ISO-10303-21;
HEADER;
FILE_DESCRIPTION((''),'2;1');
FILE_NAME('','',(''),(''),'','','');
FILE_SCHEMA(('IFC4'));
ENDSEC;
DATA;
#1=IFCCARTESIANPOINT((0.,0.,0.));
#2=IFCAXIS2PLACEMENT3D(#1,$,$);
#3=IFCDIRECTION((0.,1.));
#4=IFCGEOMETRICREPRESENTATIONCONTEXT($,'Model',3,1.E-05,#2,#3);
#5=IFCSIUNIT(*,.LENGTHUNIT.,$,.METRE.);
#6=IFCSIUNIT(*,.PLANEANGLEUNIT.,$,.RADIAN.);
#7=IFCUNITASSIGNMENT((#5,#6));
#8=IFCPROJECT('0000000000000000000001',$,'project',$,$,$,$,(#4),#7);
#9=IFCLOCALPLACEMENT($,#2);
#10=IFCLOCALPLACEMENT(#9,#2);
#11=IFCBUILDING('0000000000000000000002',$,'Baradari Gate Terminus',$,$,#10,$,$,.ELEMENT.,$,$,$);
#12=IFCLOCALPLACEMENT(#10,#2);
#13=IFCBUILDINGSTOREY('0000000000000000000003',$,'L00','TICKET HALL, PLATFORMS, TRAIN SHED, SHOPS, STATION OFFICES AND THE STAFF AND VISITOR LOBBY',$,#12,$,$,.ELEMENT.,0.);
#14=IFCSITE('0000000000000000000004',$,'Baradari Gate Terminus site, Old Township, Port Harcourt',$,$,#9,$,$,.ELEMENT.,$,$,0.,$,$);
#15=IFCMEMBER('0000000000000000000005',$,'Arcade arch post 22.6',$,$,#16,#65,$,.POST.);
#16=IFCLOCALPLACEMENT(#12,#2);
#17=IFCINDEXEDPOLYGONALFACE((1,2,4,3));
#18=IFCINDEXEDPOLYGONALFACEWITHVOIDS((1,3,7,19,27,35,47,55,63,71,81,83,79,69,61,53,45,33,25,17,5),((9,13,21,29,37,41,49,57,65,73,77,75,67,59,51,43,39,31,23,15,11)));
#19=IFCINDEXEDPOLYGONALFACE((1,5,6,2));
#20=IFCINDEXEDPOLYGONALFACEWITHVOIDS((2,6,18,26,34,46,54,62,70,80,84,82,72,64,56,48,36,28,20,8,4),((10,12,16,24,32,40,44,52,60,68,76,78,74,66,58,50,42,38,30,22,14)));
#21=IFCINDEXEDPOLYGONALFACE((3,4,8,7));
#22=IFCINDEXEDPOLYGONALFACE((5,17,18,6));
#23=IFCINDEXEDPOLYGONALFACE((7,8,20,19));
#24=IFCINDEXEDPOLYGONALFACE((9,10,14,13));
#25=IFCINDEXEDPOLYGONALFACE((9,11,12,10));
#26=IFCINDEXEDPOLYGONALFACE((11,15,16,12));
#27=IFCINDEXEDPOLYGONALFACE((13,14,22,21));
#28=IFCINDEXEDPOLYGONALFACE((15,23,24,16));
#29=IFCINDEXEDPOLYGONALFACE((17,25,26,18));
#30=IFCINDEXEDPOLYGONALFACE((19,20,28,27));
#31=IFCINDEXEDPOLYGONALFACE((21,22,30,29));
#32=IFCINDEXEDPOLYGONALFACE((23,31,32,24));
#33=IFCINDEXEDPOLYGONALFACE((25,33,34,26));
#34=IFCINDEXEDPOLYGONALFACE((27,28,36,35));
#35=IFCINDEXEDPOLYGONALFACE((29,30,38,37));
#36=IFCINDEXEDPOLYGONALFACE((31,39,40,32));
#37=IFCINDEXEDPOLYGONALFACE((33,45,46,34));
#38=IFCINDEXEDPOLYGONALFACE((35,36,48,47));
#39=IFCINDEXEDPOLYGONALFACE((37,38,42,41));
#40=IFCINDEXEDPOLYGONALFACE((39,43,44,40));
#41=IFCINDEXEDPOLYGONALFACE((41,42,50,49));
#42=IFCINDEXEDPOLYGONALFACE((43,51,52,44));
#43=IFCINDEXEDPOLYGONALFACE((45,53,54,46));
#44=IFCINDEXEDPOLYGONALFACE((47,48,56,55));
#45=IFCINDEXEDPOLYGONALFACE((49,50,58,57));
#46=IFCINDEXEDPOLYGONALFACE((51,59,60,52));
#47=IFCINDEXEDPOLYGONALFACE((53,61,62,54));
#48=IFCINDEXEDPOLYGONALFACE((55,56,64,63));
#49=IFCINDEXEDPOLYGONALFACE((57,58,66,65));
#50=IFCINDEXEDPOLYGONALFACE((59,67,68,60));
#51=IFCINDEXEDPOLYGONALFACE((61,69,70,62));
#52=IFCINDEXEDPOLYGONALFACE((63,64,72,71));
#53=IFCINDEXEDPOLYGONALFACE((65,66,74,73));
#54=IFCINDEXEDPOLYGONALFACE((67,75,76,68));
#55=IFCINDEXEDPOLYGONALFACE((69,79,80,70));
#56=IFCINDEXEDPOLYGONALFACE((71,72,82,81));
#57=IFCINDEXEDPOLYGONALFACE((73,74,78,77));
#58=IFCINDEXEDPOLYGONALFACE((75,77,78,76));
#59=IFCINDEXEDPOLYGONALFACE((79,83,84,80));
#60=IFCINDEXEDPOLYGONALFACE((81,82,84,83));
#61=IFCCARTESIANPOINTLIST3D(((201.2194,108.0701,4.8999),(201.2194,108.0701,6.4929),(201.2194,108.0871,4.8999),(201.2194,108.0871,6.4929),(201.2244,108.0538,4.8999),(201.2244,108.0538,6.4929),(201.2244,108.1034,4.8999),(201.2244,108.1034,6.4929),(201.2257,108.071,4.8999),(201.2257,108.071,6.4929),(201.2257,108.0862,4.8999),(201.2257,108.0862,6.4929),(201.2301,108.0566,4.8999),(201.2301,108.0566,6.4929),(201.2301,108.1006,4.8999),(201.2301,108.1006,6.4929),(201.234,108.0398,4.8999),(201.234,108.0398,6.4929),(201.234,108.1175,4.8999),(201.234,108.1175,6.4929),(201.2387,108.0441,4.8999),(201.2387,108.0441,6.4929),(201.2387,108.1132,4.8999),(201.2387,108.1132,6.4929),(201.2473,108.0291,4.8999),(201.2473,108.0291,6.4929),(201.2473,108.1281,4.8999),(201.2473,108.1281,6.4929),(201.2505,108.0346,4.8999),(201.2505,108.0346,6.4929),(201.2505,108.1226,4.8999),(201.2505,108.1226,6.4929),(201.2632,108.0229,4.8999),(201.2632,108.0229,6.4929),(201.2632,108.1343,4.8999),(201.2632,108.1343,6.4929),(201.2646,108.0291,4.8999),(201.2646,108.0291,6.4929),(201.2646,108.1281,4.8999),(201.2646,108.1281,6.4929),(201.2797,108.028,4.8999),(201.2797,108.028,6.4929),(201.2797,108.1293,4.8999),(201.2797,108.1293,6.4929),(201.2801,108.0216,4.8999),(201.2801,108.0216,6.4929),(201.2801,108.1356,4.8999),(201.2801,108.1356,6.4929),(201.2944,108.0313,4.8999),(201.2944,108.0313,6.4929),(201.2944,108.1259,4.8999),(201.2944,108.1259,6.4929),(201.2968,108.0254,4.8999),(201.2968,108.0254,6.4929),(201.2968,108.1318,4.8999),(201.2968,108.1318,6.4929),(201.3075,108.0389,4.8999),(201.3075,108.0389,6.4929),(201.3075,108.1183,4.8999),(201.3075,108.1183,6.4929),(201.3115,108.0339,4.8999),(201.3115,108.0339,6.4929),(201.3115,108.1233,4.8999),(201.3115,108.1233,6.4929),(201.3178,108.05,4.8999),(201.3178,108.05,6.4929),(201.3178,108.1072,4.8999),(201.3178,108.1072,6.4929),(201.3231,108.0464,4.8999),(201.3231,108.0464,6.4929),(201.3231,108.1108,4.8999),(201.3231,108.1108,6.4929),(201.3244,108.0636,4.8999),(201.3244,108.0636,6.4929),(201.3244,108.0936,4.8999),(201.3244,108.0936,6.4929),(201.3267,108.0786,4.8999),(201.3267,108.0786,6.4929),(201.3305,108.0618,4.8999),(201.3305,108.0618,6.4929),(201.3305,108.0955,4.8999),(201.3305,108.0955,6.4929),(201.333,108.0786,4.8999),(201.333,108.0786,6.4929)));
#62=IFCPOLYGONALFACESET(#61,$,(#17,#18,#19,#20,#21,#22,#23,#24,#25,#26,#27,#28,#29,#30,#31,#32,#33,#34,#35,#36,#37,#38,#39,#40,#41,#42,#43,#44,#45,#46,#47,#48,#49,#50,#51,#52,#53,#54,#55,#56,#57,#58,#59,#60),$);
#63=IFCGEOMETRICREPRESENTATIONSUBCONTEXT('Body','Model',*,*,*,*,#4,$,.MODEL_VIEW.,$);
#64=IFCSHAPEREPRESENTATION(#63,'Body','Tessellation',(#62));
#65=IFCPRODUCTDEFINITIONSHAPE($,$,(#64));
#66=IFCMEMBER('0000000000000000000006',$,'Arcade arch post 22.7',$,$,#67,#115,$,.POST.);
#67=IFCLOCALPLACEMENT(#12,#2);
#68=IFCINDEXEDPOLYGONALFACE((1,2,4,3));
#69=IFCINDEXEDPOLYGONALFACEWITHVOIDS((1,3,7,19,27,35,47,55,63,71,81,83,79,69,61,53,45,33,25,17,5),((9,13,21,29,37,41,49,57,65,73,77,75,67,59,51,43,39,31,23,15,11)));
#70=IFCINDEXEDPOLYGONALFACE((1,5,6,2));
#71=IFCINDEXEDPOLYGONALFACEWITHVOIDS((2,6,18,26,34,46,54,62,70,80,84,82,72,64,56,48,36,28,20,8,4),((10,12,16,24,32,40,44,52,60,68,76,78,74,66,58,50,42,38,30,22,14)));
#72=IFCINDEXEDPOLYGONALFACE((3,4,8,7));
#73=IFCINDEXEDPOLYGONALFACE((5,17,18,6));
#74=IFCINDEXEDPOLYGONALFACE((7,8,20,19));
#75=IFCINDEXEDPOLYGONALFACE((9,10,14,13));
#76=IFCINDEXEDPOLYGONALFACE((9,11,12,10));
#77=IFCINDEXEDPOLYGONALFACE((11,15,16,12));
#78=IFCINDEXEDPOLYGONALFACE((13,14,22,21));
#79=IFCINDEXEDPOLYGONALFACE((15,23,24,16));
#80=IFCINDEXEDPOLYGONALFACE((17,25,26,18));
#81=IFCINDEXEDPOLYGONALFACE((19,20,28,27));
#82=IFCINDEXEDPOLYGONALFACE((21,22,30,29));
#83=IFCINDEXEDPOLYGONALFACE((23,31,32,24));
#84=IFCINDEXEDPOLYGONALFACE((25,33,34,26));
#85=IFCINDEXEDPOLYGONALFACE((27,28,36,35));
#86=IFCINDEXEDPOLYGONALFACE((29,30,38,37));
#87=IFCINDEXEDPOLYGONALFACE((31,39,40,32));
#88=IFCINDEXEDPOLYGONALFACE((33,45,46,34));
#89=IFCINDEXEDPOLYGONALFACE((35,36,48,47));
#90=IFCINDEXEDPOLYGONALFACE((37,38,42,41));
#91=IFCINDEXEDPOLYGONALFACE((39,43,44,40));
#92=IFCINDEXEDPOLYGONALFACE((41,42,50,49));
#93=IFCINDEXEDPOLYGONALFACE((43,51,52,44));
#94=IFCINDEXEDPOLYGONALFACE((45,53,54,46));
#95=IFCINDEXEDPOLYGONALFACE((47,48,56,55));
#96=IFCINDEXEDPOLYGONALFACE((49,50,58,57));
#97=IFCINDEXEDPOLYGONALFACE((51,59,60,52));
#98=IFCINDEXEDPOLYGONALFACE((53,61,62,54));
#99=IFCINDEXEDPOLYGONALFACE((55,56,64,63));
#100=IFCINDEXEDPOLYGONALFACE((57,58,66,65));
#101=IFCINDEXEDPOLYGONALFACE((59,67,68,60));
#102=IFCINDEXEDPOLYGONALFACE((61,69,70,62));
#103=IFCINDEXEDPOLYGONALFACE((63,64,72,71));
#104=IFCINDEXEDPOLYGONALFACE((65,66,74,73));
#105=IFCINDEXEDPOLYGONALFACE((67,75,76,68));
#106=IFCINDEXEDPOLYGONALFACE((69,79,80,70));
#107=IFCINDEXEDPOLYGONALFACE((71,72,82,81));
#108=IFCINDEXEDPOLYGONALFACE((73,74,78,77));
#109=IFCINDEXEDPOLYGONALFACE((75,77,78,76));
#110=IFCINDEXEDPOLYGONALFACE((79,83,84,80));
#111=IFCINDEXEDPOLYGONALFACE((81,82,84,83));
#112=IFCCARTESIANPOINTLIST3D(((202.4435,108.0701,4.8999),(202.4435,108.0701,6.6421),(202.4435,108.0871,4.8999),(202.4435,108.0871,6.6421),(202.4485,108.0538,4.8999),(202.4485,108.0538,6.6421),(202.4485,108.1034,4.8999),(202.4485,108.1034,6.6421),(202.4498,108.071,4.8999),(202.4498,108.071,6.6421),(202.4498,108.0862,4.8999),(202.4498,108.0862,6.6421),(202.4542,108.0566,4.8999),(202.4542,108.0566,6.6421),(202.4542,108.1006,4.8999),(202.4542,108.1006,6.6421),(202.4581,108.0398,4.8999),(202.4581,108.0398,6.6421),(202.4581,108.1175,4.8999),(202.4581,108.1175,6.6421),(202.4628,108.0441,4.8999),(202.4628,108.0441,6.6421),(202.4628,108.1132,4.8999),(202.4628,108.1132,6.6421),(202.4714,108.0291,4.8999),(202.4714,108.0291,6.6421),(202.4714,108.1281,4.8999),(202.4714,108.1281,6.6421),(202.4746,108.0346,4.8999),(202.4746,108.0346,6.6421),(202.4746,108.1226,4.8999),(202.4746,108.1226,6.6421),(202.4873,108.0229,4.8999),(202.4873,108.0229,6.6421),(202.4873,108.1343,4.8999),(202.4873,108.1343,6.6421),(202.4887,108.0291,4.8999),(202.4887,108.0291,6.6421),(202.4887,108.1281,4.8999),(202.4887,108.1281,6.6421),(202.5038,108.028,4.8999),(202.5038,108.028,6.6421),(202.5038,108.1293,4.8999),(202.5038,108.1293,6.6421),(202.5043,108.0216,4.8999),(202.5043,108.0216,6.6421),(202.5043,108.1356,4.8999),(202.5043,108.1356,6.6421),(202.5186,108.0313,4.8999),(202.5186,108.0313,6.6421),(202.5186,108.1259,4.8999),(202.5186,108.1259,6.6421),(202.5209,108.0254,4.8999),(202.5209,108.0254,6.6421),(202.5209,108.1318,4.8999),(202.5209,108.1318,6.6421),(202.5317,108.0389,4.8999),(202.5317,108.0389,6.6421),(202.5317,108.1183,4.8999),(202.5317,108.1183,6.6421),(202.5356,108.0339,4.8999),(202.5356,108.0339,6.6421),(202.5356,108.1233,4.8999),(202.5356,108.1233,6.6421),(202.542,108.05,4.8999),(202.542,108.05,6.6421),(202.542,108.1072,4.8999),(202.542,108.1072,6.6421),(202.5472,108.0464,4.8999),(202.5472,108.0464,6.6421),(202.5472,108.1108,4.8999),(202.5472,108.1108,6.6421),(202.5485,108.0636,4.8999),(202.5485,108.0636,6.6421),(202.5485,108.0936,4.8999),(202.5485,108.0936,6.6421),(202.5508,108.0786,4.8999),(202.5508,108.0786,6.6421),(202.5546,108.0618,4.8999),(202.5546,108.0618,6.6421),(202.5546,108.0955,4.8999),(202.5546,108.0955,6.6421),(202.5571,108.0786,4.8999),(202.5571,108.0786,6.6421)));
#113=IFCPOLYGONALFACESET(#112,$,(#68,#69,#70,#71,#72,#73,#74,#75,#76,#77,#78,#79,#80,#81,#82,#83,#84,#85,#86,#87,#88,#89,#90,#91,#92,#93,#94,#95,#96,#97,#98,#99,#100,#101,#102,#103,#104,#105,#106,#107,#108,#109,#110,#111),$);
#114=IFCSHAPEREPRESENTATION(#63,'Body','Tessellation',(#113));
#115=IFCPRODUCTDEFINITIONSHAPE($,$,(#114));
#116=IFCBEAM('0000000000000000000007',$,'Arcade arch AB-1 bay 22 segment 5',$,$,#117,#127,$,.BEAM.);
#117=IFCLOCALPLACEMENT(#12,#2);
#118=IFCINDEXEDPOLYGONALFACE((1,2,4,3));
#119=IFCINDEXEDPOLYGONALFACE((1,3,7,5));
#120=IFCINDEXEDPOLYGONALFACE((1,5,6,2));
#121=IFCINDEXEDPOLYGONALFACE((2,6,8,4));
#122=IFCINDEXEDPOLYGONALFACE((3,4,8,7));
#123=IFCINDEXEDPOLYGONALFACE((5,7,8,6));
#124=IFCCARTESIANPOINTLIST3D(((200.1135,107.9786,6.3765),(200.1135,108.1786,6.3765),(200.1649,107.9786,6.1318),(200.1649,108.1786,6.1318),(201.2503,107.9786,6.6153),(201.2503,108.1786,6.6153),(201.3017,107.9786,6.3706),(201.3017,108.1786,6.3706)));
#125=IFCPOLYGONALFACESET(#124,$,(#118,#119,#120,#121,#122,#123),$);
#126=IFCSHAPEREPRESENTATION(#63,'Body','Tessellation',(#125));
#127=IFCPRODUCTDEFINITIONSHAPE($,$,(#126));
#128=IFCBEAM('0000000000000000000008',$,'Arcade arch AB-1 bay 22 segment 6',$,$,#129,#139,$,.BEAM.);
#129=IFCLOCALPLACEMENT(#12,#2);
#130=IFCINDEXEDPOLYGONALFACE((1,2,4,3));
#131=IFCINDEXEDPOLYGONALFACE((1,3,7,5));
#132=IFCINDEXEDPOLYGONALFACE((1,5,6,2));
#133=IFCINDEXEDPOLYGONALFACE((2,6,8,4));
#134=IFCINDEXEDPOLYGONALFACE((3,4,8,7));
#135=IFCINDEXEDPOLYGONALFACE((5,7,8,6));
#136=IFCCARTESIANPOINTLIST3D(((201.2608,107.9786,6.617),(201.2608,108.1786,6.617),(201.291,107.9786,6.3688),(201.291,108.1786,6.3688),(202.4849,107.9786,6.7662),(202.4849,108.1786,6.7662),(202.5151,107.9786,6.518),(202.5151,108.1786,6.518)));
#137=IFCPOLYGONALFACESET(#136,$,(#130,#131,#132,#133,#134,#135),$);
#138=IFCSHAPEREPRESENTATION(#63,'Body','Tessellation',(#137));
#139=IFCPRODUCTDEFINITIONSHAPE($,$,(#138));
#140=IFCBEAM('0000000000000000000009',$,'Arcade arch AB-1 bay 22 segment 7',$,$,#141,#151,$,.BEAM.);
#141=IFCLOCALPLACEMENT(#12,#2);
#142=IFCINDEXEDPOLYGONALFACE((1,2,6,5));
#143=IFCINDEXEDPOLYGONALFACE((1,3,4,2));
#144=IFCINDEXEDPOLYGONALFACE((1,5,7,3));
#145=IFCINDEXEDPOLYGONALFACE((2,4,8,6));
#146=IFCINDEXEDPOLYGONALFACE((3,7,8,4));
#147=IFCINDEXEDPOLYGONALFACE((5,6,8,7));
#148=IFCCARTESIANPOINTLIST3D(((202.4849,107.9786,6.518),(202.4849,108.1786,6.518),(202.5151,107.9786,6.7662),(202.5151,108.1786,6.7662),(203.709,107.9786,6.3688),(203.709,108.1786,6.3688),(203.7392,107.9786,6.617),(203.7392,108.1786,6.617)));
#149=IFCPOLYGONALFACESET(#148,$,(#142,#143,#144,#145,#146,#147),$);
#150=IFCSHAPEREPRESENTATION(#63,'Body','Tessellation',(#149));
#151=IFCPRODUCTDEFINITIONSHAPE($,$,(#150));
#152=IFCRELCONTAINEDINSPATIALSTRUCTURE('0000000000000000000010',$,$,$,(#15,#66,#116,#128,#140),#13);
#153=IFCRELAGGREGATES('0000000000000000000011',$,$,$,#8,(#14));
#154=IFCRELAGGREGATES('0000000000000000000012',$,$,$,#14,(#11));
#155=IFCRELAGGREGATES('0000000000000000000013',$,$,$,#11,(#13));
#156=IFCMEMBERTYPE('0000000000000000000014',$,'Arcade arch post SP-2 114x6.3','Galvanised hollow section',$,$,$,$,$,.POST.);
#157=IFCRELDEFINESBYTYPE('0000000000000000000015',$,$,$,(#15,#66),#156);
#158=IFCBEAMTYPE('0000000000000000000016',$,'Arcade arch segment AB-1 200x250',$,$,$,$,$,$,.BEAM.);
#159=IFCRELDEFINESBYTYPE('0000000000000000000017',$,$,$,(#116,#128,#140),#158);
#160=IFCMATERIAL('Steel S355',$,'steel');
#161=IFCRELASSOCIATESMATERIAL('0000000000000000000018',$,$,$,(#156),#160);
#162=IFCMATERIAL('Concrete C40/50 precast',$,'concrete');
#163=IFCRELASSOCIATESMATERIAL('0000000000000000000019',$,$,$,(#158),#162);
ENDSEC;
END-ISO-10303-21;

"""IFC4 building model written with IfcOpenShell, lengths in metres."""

from ifc_helpers import new_model, si_unit, direction, frame, origin, origin_2d, place, context, subcontext, project, spatial, rectangle, hollow_circle, extrude, material, material_profile, profile_set, type_object, element, save


model = new_model("IFC4")

# Units and contexts
model_context = context("Model", 3, precision=1e-05, world=origin(), true_north=direction((0.0, 1.0)))
body_context = subcontext(model_context, "Body", "Model", "MODEL_VIEW")
ifc_project = project(units=[si_unit("LENGTHUNIT", "METRE"), si_unit("PLANEANGLEUNIT", "RADIAN")], contexts=[model_context])

# Site, building, storey
site_placement = place(None, origin())
site = spatial("IfcSite", under=ifc_project, at=site_placement, Name="Baradari Gate Terminus site, Old Township, Port Harcourt", CompositionType="ELEMENT", RefElevation=0.0)
building_placement = place(site_placement, origin())
building = spatial("IfcBuilding", under=site, at=building_placement, Name="Baradari Gate Terminus", CompositionType="ELEMENT")
storey_placement = place(building_placement, origin())
storey = spatial("IfcBuildingStorey", under=building, at=storey_placement, Name="L00", Description="TICKET HALL, PLATFORMS, TRAIN SHED, SHOPS, STATION OFFICES AND THE STAFF AND VISITOR LOBBY", CompositionType="ELEMENT", Elevation=0.0)

# Members
ifc_material_1 = material(Name="Steel S355", Category="steel")
ifc_material_profile_1 = material_profile(ifc_material_1, hollow_circle(Radius=0.0571, WallThickness=0.0063, at=origin_2d()), Name="CHS 114.3x6.3")
ifc_profile_set_1 = profile_set([ifc_material_profile_1], Name="Steel S355")
member_type = type_object("IfcMemberType", Name="Arcade arch post SP-2 114x6.3", Description="Galvanised hollow section", PredefinedType="POST", material=ifc_profile_set_1)
member_1_placement = place(storey_placement, frame((201.2759, 108.0786, 4.8999), z_axis=(0.0, 0.0, 1.0), x_axis=(1.0, 0.0, 0.0)))
element("IfcMember", 1, at=member_1_placement, inside=storey, type_object=member_type, Name="Arcade arch post 22.6", PredefinedType="POST", context=body_context, shape_type="SweptSolid", body=[
    extrude(hollow_circle(Radius=0.0571, WallThickness=0.0063, at=origin_2d()), origin(), (0.0, 0.0, 1.0), 1.593),
])
member_2_placement = place(storey_placement, frame((202.5, 108.0786, 4.8999), z_axis=(0.0, 0.0, 1.0), x_axis=(1.0, 0.0, 0.0)))
element("IfcMember", 2, at=member_2_placement, inside=storey, type_object=member_type, Name="Arcade arch post 22.7", PredefinedType="POST", context=body_context, shape_type="SweptSolid", body=[
    extrude(hollow_circle(Radius=0.0571, WallThickness=0.0063, at=origin_2d()), origin(), (0.0, 0.0, 1.0), 1.7422),
])

# Beams
ifc_material_2 = material(Name="Concrete C40/50 precast", Category="concrete")
ifc_material_profile_2 = material_profile(ifc_material_2, rectangle(XDim=0.2, YDim=0.25, at=origin_2d()), Name="AB-1 200X250")
ifc_profile_set_2 = profile_set([ifc_material_profile_2], Name="Concrete C40/50 precast")
beam_type_1 = type_object("IfcBeamType", Name="Arcade arch segment AB-1 200x250", PredefinedType="BEAM", material=ifc_profile_set_2)
beam_1_placement = place(storey_placement, frame((200.1392, 108.0786, 6.2542), z_axis=(0.978643, 0.0, 0.205566), x_axis=(0.0, 1.0, 0.0)))
element("IfcBeam", 3, at=beam_1_placement, inside=storey, type_object=beam_type_1, Name="Arcade arch AB-1 bay 22 segment 5", PredefinedType="BEAM", context=body_context, shape_type="SweptSolid", body=[
    extrude(rectangle(XDim=0.2, YDim=0.25, at=origin_2d()), origin(), (0.0, 0.0, 1.0), 1.1616),
])
for number, where, z_axis, x_axis, name in (
    (4, (201.2759, 108.0786, 6.4929), (0.992657, 0.0, 0.120964), (0.0, 1.0, 0.0), "Arcade arch AB-1 bay 22 segment 6"),
    (5, (202.5, 108.0786, 6.6421), (0.992657, 0.0, -0.120964), (0.0, 1.0, 0.0), "Arcade arch AB-1 bay 22 segment 7"),
):
    element("IfcBeam", number, at=place(storey_placement, frame(where, z_axis=z_axis, x_axis=x_axis)), inside=storey, type_object=beam_type_1, Name=name, PredefinedType="BEAM", context=body_context, shape_type="SweptSolid", body=[
        extrude(rectangle(XDim=0.2, YDim=0.25, at=origin_2d()), origin(), (0.0, 0.0, 1.0), 1.2332),
    ])

save(model, "model.ifc")
